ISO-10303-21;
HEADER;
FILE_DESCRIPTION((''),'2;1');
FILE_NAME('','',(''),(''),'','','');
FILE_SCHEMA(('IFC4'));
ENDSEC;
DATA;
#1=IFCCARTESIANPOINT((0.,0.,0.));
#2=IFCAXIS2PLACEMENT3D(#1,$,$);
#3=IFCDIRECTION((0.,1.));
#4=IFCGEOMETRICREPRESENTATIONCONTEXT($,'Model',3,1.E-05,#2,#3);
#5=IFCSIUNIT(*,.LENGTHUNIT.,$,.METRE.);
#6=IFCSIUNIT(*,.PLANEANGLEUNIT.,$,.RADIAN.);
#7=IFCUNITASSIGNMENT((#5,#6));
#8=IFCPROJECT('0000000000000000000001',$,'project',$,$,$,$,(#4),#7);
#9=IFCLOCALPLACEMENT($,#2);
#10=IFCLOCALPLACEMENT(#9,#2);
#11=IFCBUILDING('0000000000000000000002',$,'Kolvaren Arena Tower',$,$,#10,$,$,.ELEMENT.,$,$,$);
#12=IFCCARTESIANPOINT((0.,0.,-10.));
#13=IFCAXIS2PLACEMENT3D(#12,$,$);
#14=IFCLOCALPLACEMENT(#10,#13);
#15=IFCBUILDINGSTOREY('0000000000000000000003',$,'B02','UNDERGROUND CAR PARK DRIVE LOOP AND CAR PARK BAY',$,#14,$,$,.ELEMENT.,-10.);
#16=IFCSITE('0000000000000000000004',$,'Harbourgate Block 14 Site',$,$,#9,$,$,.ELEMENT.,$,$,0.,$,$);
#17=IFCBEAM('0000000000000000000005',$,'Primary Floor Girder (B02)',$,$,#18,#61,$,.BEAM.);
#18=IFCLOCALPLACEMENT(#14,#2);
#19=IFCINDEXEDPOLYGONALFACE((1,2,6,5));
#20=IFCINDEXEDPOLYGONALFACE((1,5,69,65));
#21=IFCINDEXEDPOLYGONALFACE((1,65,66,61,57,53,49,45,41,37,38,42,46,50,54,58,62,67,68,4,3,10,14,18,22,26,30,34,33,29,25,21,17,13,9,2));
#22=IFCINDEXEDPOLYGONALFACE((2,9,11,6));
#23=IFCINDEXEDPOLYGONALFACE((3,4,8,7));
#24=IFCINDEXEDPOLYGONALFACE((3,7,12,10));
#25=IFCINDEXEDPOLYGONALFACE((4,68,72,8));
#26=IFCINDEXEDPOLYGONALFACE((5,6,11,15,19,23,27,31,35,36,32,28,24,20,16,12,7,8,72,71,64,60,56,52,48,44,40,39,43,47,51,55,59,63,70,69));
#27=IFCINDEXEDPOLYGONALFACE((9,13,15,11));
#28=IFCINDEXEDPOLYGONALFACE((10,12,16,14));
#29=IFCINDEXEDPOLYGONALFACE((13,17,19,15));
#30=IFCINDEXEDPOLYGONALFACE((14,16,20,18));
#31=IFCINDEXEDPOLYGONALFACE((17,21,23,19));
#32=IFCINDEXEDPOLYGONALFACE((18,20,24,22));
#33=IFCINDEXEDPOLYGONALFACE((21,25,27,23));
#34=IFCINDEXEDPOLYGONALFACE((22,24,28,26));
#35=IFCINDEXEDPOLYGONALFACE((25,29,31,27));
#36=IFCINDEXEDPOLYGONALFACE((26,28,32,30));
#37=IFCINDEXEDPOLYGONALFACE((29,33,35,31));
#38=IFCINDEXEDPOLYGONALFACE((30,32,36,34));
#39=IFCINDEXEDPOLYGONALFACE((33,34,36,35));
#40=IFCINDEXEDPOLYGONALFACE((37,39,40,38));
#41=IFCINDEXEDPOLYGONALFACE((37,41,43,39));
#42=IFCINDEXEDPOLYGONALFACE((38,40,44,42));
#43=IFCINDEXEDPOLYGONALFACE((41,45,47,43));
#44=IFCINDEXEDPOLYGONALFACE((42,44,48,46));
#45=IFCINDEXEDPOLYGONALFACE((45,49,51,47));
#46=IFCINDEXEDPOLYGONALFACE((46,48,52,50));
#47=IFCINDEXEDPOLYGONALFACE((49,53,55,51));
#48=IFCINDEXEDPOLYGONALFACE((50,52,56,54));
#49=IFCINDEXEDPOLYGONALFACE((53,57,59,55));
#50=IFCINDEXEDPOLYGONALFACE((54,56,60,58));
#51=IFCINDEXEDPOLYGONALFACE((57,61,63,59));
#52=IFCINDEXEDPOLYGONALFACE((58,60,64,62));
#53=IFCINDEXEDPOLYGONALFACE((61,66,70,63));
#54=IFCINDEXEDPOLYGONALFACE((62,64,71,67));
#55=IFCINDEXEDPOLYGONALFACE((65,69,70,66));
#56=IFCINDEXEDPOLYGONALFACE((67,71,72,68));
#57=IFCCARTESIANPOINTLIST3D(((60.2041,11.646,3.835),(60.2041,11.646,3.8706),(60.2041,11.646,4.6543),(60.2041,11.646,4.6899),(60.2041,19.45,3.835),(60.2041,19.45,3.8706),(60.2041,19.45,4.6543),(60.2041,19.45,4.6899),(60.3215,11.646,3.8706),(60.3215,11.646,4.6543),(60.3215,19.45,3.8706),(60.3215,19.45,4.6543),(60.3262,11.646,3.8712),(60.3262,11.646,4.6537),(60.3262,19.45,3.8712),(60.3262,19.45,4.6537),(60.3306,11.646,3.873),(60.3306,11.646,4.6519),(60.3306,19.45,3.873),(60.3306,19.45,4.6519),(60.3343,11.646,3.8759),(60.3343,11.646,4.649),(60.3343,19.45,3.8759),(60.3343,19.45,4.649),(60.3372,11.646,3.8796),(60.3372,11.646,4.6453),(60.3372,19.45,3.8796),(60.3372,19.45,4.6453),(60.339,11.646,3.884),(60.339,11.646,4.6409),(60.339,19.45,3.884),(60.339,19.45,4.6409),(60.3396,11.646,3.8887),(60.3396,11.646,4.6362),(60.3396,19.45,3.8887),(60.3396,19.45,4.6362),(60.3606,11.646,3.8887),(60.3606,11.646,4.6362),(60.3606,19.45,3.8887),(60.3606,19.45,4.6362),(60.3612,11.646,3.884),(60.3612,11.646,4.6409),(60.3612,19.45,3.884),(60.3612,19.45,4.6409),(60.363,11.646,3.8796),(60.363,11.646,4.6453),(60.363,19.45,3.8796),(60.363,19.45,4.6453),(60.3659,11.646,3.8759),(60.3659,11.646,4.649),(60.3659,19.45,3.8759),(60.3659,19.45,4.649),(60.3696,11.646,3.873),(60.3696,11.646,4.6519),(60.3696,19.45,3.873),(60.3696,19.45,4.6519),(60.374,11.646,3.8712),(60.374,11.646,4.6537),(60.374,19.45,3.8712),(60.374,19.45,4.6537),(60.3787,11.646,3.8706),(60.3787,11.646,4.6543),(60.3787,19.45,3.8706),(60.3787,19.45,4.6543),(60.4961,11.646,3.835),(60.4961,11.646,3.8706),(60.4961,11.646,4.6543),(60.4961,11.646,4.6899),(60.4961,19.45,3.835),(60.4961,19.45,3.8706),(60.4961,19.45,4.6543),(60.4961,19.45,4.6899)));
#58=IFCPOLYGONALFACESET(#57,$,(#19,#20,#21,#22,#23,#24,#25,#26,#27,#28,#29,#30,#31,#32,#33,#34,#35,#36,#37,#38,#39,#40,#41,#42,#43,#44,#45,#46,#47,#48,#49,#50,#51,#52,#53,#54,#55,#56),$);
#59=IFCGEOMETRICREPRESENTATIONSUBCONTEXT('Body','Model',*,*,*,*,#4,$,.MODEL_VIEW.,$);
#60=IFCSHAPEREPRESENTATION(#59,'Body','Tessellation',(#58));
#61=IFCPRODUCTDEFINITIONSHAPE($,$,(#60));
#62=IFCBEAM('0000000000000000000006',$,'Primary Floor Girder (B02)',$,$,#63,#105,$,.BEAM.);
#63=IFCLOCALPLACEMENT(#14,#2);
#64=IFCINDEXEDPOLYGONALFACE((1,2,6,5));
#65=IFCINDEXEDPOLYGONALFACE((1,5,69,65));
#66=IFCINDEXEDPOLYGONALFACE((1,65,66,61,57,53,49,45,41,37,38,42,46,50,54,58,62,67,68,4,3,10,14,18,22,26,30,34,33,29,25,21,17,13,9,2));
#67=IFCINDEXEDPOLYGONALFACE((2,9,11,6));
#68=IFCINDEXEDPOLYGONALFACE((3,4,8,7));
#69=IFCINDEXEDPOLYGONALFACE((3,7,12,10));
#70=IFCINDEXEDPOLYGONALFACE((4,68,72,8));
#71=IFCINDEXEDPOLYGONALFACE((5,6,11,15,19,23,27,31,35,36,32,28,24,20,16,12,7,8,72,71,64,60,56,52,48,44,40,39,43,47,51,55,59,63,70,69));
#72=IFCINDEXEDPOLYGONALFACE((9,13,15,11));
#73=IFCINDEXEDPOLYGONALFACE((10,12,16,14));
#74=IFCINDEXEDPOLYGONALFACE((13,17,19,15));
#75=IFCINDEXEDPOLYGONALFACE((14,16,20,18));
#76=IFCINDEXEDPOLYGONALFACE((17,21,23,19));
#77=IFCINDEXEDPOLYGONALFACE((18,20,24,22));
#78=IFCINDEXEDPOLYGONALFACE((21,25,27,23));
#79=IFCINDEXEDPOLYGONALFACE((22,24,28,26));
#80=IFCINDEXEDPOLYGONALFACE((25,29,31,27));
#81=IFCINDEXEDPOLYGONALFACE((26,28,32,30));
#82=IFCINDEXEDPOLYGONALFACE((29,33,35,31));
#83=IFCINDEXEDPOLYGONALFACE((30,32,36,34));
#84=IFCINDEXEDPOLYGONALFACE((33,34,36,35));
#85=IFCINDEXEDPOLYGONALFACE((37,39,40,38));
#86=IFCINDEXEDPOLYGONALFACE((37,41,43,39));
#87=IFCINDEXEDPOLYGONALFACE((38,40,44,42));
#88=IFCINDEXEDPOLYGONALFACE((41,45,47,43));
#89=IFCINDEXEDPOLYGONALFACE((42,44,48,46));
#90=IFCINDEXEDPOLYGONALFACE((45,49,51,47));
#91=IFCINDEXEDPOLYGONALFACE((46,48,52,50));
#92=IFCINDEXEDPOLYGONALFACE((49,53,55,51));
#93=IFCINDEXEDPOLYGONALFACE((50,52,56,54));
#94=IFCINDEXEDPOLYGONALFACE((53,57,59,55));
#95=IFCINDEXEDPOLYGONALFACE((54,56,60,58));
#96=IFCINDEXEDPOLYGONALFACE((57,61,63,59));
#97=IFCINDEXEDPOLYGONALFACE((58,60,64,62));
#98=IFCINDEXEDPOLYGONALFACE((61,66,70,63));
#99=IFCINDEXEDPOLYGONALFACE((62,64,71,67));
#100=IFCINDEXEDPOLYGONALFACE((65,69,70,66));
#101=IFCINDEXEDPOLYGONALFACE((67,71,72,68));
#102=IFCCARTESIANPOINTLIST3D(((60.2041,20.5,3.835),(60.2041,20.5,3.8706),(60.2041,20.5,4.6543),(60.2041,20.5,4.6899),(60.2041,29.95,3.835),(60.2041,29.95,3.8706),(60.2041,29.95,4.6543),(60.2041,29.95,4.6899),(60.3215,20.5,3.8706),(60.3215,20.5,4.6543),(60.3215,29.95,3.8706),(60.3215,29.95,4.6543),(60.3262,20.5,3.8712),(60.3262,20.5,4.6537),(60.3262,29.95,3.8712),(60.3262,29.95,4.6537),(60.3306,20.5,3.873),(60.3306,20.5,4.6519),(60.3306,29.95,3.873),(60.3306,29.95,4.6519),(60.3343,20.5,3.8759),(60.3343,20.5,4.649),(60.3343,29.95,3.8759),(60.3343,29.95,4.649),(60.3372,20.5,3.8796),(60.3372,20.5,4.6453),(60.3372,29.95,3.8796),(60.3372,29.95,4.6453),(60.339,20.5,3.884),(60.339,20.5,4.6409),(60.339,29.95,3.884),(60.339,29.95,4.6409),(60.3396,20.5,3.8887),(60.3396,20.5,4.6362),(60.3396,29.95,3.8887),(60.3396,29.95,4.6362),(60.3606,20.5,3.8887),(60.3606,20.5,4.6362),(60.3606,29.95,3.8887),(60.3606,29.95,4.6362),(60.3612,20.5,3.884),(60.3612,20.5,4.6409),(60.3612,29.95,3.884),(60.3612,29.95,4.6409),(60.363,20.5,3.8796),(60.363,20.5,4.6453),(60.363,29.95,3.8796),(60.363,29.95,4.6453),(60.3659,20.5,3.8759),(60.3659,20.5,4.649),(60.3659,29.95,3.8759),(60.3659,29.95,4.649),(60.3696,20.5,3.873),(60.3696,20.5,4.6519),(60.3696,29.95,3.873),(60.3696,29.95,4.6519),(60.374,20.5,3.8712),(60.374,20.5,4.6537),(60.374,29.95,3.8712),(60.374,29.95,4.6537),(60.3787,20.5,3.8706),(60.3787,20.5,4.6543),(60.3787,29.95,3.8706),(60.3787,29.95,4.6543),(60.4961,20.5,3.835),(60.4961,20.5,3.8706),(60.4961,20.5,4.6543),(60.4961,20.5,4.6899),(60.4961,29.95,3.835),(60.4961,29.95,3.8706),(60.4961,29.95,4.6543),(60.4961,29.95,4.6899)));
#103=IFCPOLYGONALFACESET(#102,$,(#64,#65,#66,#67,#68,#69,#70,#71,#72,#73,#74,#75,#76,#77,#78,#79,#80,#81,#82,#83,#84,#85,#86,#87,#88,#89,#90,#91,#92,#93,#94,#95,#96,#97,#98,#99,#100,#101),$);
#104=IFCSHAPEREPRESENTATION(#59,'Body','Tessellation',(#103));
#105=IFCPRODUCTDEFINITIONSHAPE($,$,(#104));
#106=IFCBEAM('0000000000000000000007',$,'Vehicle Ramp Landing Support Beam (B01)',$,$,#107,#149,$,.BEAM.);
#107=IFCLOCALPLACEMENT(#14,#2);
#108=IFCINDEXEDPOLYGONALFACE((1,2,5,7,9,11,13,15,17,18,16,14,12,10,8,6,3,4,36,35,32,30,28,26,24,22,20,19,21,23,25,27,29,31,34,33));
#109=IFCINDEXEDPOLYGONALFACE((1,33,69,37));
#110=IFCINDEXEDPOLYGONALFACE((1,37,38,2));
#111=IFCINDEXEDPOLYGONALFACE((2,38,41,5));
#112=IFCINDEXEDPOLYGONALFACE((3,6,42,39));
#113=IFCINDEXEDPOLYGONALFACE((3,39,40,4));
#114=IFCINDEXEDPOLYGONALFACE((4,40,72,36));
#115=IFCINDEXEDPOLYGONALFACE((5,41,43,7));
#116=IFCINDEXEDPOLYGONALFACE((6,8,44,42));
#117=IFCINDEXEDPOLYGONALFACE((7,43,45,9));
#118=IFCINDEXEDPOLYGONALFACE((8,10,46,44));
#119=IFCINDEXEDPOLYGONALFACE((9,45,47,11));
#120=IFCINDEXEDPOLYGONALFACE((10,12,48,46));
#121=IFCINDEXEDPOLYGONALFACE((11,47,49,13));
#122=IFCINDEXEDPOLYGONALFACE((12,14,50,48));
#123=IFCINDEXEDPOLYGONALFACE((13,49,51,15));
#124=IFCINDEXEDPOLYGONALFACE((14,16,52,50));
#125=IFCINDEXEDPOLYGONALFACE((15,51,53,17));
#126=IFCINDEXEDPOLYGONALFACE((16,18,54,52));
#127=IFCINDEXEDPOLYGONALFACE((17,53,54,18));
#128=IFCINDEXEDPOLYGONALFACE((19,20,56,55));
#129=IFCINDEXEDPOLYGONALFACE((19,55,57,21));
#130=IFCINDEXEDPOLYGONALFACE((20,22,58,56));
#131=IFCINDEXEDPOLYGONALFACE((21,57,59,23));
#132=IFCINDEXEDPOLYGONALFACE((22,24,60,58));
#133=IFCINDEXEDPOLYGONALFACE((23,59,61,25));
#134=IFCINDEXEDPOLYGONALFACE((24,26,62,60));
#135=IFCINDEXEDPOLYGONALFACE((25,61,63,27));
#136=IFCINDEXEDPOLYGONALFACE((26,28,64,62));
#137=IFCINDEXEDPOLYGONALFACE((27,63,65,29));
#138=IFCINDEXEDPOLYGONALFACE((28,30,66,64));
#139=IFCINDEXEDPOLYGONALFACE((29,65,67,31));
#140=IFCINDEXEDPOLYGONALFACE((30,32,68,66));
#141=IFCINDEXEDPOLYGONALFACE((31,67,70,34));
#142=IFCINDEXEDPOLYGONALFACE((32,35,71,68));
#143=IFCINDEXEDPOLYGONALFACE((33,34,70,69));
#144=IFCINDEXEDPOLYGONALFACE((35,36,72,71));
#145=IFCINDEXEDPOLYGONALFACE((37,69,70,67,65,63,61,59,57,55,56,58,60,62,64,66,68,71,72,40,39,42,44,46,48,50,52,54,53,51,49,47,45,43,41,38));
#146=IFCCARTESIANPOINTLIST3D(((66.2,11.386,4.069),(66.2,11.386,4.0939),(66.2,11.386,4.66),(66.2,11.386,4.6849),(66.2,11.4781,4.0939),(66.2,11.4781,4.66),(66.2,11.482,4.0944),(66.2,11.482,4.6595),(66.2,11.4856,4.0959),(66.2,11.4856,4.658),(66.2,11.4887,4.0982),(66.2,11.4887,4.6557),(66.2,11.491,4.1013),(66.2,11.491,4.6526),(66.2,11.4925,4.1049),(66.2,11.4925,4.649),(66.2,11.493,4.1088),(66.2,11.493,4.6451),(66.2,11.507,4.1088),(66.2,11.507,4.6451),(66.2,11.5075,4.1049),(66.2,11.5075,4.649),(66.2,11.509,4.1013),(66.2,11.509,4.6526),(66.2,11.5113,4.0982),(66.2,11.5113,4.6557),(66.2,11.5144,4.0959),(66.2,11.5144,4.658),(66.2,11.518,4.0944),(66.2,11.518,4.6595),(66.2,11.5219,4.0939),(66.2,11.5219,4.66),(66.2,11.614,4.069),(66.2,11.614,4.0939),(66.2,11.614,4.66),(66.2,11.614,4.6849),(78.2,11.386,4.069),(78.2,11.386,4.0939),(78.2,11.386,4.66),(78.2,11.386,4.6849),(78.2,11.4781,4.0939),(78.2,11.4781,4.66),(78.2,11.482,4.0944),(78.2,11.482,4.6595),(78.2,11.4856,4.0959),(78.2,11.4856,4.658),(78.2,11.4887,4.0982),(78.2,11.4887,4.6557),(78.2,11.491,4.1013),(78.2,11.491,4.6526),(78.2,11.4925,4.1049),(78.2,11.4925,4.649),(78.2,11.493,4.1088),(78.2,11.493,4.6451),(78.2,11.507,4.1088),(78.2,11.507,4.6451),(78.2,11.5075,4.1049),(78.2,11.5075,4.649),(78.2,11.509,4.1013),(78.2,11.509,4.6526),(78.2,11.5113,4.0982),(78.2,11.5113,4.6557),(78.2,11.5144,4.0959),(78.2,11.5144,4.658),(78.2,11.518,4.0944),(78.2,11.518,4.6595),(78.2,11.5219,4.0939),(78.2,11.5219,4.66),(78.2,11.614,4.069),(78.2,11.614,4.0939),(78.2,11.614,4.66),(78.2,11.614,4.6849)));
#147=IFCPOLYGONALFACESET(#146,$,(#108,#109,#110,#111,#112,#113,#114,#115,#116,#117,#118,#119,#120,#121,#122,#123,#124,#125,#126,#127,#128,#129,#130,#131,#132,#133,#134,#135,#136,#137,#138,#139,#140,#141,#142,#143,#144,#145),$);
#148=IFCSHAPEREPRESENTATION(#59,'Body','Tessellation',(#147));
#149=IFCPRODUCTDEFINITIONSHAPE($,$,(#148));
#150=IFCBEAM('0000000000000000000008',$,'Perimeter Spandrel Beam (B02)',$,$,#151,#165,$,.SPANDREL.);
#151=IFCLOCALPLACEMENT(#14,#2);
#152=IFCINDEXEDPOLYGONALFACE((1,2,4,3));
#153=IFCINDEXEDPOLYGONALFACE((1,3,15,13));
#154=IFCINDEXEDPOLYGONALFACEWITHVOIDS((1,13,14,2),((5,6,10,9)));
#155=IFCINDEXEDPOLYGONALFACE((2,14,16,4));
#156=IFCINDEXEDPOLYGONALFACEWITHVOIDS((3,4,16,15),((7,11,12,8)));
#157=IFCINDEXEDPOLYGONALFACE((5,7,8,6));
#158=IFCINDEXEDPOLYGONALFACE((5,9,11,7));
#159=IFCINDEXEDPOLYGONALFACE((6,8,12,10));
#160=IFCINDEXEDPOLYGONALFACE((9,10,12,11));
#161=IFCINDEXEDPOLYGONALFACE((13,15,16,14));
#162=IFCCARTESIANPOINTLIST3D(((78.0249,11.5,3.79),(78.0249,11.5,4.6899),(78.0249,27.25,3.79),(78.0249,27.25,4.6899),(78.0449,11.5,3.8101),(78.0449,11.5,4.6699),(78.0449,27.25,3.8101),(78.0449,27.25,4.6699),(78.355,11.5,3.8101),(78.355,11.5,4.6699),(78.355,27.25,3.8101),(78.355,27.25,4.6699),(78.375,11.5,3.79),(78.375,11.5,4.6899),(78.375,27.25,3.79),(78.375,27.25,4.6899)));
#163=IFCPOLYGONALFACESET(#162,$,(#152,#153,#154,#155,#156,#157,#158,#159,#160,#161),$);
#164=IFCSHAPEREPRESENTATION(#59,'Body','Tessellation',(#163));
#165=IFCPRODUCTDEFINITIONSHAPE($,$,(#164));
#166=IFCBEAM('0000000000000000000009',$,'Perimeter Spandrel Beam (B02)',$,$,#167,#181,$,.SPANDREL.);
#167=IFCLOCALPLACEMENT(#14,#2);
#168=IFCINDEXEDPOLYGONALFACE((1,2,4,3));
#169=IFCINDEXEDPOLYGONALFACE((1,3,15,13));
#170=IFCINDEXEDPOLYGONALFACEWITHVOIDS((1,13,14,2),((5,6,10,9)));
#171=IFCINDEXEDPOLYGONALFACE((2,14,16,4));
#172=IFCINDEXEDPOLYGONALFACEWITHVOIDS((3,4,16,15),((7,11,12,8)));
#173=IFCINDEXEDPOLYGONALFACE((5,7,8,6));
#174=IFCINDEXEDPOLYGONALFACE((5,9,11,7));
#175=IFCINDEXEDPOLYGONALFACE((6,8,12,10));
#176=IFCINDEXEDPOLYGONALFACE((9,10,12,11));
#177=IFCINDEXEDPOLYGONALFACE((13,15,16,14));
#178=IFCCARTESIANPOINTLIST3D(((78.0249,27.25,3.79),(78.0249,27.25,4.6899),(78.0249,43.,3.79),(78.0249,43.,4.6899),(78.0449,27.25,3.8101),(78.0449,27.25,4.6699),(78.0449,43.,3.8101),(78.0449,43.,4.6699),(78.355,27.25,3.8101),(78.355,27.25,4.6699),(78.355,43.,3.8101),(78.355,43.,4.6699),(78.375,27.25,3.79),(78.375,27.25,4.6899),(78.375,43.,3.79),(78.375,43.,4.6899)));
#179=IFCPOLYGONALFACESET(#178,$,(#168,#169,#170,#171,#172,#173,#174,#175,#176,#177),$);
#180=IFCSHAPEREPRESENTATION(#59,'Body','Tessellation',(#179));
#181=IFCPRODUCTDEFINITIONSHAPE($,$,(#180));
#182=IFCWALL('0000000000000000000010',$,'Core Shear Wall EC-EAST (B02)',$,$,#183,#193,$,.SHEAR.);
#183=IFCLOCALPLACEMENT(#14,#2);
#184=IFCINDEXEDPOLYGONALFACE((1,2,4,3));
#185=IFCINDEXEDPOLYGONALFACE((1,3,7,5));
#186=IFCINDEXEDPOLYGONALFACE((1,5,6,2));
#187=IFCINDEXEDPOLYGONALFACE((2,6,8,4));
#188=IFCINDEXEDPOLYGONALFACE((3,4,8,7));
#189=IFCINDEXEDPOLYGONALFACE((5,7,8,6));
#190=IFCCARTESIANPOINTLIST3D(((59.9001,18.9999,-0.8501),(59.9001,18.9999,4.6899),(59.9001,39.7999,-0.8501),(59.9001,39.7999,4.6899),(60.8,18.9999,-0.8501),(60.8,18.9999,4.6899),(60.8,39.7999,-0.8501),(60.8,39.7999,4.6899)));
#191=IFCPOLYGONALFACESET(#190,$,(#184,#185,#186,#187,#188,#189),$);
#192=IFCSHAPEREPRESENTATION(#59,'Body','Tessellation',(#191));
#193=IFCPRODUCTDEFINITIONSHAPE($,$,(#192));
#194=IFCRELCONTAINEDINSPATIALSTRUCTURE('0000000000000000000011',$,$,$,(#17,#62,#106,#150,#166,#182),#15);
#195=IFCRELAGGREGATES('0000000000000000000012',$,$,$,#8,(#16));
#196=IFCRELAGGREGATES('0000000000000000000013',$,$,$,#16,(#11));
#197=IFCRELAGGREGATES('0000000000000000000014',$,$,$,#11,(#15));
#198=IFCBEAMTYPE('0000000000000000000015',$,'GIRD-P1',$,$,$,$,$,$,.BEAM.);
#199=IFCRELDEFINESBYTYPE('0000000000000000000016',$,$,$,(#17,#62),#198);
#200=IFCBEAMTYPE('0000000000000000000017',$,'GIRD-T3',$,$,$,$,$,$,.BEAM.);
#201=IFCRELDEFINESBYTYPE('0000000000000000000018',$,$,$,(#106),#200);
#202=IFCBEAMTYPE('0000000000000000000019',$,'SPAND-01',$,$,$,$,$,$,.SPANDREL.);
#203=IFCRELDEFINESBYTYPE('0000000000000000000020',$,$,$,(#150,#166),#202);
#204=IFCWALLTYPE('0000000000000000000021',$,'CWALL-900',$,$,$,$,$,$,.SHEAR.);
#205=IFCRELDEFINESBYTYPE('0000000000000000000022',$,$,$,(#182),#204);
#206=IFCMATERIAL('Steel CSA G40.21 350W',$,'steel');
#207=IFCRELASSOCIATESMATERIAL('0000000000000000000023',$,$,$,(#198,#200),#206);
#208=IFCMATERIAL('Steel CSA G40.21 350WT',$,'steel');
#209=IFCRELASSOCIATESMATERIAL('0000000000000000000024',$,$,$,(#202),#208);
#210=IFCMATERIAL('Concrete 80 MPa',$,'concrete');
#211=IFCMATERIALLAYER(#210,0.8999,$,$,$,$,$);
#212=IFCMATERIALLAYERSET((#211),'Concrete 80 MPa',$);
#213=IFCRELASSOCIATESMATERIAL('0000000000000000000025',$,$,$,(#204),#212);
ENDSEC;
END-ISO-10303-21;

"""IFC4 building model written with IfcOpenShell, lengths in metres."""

from ifc_helpers import new_model, si_unit, direction, frame, frame_2d, origin, origin_2d, place, context, subcontext, project, spatial, rectangle, hollow_rectangle, i_section, extrude, material, layer, layer_set, material_profile, profile_set, type_object, element, save


model = new_model("IFC4")

# Units and contexts
model_context = context("Model", 3, precision=1e-05, world=origin(), true_north=direction((0.0, 1.0)))
body_context = subcontext(model_context, "Body", "Model", "MODEL_VIEW")
ifc_project = project(units=[si_unit("LENGTHUNIT", "METRE"), si_unit("PLANEANGLEUNIT", "RADIAN")], contexts=[model_context])

# Site, building, storey
site_placement = place(None, origin())
site = spatial("IfcSite", under=ifc_project, at=site_placement, Name="Harbourgate Block 14 Site", CompositionType="ELEMENT", RefElevation=0.0)
building_placement = place(site_placement, origin())
building = spatial("IfcBuilding", under=site, at=building_placement, Name="Kolvaren Arena Tower", CompositionType="ELEMENT")
storey_placement = place(building_placement, frame((0.0, 0.0, -10.0)))
storey = spatial("IfcBuildingStorey", under=building, at=storey_placement, Name="B02", Description="UNDERGROUND CAR PARK DRIVE LOOP AND CAR PARK BAY", CompositionType="ELEMENT", Elevation=-10.0)

# Beams
ifc_material_1 = material(Name="Steel CSA G40.21 350W", Category="steel")
ifc_material_profile_1 = material_profile(ifc_material_1, i_section(OverallWidth=0.292, OverallDepth=0.855, WebThickness=0.021, FlangeThickness=0.0356, FilletRadius=0.0181, at=origin_2d()), Name="W840x299")
ifc_profile_set_1 = profile_set([ifc_material_profile_1], Name="Steel CSA G40.21 350W")
beam_type_1 = type_object("IfcBeamType", Name="GIRD-P1", PredefinedType="BEAM", material=ifc_profile_set_1)
beam_1_placement = place(storey_placement, frame((60.3501, 11.646, 4.2625), z_axis=(0.0, 1.0, 0.0), x_axis=(-1.0, 0.0, 0.0)))
element("IfcBeam", 1, at=beam_1_placement, inside=storey, type_object=beam_type_1, Name="Primary Floor Girder (B02)", PredefinedType="BEAM", context=body_context, shape_type="SweptSolid", body=[
    extrude(i_section(OverallWidth=0.292, OverallDepth=0.855, WebThickness=0.021, FlangeThickness=0.0356, FilletRadius=0.0181, at=origin_2d()), origin(), (0.0, 0.0, 1.0), 7.804),
])
beam_2_placement = place(storey_placement, frame((60.3501, 20.5, 4.2625), z_axis=(0.0, 1.0, 0.0), x_axis=(-1.0, 0.0, 0.0)))
element("IfcBeam", 2, at=beam_2_placement, inside=storey, type_object=beam_type_1, Name="Primary Floor Girder (B02)", PredefinedType="BEAM", context=body_context, shape_type="SweptSolid", body=[
    extrude(i_section(OverallWidth=0.292, OverallDepth=0.855, WebThickness=0.021, FlangeThickness=0.0356, FilletRadius=0.0181, at=origin_2d()), origin(), (0.0, 0.0, 1.0), 9.45),
])
ifc_material_profile_2 = material_profile(ifc_material_1, i_section(OverallWidth=0.228, OverallDepth=0.616, WebThickness=0.0139, FlangeThickness=0.0249, FilletRadius=0.0149, at=origin_2d()), Name="W610x174")
ifc_profile_set_2 = profile_set([ifc_material_profile_2], Name="Steel CSA G40.21 350W")
beam_type_2 = type_object("IfcBeamType", Name="GIRD-T3", PredefinedType="BEAM", material=ifc_profile_set_2)
beam_3_placement = place(storey_placement, frame((66.2, 11.5, 4.377), z_axis=(1.0, 0.0, 0.0), x_axis=(0.0, 1.0, 0.0)))
element("IfcBeam", 3, at=beam_3_placement, inside=storey, type_object=beam_type_2, Name="Vehicle Ramp Landing Support Beam (B01)", PredefinedType="BEAM", context=body_context, shape_type="SweptSolid", body=[
    extrude(i_section(OverallWidth=0.228, OverallDepth=0.616, WebThickness=0.0139, FlangeThickness=0.0249, FilletRadius=0.0149, at=origin_2d()), origin(), (0.0, 0.0, 1.0), 12.0),
])
ifc_material_2 = material(Name="Steel CSA G40.21 350WT", Category="steel")
ifc_material_profile_3 = material_profile(ifc_material_2, hollow_rectangle(XDim=0.3501, YDim=0.8999, WallThickness=0.02, at=origin_2d()), Name="HSS 900x350x20")
ifc_profile_set_3 = profile_set([ifc_material_profile_3], Name="Steel CSA G40.21 350WT")
beam_type_3 = type_object("IfcBeamType", Name="SPAND-01", PredefinedType="SPANDREL", material=ifc_profile_set_3)
for number, where, z_axis, x_axis, name in (
    (4, (78.2, 11.5, 4.24), (0.0, 1.0, 0.0), (-1.0, 0.0, 0.0), "Perimeter Spandrel Beam (B02)"),
    (5, (78.2, 27.25, 4.24), (0.0, 1.0, 0.0), (-1.0, 0.0, 0.0), "Perimeter Spandrel Beam (B02)"),
):
    element("IfcBeam", number, at=place(storey_placement, frame(where, z_axis=z_axis, x_axis=x_axis)), inside=storey, type_object=beam_type_3, Name=name, PredefinedType="SPANDREL", context=body_context, shape_type="SweptSolid", body=[
        extrude(hollow_rectangle(XDim=0.3501, YDim=0.8999, WallThickness=0.02, at=origin_2d()), origin(), (0.0, 0.0, 1.0), 15.75),
    ])

# Wall
ifc_material_3 = material(Name="Concrete 80 MPa", Category="concrete")
ifc_layer_1 = layer(ifc_material_3, 0.8999)
ifc_layer_set_1 = layer_set([ifc_layer_1], Name="Concrete 80 MPa")
wall_type_1 = type_object("IfcWallType", Name="CWALL-900", PredefinedType="SHEAR", material=ifc_layer_set_1)
wall_1_placement = place(storey_placement, frame((60.3501, 19.0, -0.8501), z_axis=(0.0, 0.0, 1.0), x_axis=(0.0, 1.0, 0.0)))
element("IfcWall", 6, at=wall_1_placement, inside=storey, type_object=wall_type_1, Name="Core Shear Wall EC-EAST (B02)", PredefinedType="SHEAR", context=body_context, shape_type="SweptSolid", body=[
    extrude(rectangle(XDim=20.8, YDim=0.8999, at=frame_2d((10.3999, 0.0))), origin(), (0.0, 0.0, 1.0), 5.54),
])

save(model, "model.ifc")
